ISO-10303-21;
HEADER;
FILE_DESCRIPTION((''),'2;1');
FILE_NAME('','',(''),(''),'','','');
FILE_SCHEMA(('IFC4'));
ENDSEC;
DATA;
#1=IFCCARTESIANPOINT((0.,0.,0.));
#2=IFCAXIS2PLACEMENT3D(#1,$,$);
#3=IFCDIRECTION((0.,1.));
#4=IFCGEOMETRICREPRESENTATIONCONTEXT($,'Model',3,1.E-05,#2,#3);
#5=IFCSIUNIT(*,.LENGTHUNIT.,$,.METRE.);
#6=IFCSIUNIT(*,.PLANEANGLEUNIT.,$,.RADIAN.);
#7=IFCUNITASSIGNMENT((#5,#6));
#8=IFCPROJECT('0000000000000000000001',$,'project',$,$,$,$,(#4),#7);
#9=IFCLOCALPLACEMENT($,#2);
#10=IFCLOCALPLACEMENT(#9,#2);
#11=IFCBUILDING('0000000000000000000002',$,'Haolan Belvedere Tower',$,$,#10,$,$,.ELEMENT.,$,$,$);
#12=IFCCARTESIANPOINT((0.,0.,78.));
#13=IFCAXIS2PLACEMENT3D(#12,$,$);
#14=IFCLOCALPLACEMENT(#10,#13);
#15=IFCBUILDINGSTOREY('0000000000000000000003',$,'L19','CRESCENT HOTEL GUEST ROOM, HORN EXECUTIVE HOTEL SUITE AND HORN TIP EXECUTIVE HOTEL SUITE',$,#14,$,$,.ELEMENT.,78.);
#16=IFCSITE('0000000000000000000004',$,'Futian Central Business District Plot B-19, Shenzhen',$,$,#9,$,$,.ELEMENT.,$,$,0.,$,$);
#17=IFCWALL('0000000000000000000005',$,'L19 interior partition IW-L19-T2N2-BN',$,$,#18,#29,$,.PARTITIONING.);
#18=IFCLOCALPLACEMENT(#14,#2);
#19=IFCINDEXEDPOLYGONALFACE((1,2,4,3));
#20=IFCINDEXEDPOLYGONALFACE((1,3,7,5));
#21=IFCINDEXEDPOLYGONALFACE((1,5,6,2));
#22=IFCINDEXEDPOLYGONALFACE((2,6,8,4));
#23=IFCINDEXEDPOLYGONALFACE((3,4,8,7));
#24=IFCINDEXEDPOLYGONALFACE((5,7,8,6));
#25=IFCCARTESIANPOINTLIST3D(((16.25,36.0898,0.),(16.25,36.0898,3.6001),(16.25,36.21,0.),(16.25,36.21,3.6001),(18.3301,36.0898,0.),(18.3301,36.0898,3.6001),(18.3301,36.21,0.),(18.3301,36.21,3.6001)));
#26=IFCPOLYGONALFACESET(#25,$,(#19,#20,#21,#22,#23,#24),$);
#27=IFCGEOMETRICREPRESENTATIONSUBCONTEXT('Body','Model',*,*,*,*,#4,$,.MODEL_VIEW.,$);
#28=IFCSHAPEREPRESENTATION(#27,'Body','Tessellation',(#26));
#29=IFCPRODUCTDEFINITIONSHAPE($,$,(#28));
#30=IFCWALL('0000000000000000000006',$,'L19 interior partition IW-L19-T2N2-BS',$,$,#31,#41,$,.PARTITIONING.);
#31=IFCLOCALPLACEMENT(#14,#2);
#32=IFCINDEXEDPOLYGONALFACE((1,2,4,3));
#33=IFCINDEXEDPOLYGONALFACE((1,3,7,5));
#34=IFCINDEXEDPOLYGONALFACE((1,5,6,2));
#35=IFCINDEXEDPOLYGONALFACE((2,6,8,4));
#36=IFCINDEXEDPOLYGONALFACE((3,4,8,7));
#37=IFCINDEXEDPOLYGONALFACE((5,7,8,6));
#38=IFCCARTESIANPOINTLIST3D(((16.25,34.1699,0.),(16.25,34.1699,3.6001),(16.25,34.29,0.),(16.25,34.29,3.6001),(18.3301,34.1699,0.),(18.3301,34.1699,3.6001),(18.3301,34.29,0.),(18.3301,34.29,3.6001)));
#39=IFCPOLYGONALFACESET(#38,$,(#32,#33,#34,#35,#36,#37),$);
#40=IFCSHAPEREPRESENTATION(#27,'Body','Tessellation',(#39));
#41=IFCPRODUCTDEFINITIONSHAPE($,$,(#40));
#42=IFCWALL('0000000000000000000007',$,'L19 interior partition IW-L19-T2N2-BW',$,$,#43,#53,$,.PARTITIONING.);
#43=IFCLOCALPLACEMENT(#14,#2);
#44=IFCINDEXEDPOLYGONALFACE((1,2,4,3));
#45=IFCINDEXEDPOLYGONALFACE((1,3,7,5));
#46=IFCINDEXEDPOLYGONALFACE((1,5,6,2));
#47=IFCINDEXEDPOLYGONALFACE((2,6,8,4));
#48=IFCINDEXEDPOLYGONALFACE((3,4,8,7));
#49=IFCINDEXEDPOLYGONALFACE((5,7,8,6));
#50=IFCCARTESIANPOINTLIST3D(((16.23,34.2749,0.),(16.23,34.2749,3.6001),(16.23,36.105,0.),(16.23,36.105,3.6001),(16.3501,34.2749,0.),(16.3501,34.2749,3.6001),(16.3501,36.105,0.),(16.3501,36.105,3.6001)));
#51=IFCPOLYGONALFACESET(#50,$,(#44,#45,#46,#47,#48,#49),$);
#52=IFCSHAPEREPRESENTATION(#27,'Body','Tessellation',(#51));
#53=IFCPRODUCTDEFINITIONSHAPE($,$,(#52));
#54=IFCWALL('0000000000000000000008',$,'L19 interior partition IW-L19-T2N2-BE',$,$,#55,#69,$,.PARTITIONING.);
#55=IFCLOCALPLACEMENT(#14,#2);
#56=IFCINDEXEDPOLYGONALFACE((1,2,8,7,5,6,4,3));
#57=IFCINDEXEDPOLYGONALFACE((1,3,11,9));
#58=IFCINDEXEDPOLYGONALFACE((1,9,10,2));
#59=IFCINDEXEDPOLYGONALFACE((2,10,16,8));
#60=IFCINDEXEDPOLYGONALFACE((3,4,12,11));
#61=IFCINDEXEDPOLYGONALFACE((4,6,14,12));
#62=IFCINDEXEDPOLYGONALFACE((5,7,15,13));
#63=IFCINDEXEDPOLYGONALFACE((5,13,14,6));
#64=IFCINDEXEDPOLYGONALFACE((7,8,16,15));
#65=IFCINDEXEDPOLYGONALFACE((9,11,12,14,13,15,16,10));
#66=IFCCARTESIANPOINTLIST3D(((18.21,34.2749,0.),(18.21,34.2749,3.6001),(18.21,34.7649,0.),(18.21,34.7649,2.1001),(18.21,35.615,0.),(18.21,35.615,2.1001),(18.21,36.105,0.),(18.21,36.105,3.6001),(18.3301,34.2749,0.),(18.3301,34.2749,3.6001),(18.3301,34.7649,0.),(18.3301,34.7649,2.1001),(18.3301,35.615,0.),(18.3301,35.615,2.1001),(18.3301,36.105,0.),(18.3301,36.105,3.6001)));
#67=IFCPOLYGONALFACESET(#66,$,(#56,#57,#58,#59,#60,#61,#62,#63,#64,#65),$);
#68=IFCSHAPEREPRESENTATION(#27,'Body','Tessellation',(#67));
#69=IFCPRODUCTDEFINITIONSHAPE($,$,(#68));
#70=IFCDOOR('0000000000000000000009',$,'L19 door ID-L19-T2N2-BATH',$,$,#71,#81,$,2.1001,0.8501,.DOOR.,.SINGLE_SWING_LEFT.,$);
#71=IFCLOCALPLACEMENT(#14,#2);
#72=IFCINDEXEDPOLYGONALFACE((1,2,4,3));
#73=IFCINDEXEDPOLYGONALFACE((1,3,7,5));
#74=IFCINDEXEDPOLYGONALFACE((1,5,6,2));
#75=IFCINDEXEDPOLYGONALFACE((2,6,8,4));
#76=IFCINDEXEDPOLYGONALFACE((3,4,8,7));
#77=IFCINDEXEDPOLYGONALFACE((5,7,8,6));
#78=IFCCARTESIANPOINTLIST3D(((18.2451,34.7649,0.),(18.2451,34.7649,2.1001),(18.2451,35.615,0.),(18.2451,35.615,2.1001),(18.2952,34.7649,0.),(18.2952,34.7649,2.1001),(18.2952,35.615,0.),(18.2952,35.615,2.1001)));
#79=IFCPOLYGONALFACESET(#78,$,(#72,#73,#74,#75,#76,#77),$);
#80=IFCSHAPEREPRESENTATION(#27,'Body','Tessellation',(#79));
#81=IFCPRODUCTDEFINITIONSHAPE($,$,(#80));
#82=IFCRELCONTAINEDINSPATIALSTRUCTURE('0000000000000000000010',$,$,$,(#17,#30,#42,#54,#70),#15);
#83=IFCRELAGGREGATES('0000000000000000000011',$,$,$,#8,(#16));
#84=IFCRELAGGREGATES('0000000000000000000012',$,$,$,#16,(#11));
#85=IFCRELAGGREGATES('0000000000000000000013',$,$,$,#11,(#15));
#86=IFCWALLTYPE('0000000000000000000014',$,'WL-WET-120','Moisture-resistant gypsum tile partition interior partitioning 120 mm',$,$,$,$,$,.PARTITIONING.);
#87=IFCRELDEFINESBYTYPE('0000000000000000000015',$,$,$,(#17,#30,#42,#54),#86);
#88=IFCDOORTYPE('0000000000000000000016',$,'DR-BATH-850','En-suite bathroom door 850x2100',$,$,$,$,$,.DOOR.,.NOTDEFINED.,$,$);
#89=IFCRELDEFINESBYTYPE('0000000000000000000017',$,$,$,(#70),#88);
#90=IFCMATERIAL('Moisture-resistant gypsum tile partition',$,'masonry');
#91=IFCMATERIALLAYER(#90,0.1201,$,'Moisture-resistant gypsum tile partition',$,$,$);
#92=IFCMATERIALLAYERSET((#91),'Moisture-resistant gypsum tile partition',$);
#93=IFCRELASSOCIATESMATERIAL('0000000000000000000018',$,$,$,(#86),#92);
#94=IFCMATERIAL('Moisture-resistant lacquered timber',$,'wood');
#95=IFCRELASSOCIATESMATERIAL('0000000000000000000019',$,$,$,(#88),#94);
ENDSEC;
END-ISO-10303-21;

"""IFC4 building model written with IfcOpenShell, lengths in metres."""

from ifc_helpers import new_model, si_unit, direction, frame, frame_2d, origin, place, context, subcontext, project, spatial, rectangle, extrude, material, layer, layer_set, type_object, element, fill, save


model = new_model("IFC4")

# Units and contexts
model_context = context("Model", 3, precision=1e-05, world=origin(), true_north=direction((0.0, 1.0)))
body_context = subcontext(model_context, "Body", "Model", "MODEL_VIEW")
ifc_project = project(units=[si_unit("LENGTHUNIT", "METRE"), si_unit("PLANEANGLEUNIT", "RADIAN")], contexts=[model_context])

# Site, building, storey
site_placement = place(None, origin())
site = spatial("IfcSite", under=ifc_project, at=site_placement, Name="Futian Central Business District Plot B-19, Shenzhen", CompositionType="ELEMENT", RefElevation=0.0)
building_placement = place(site_placement, origin())
building = spatial("IfcBuilding", under=site, at=building_placement, Name="Haolan Belvedere Tower", CompositionType="ELEMENT")
storey_placement = place(building_placement, frame((0.0, 0.0, 78.0)))
storey = spatial("IfcBuildingStorey", under=building, at=storey_placement, Name="L19", Description="CRESCENT HOTEL GUEST ROOM, HORN EXECUTIVE HOTEL SUITE AND HORN TIP EXECUTIVE HOTEL SUITE", CompositionType="ELEMENT", Elevation=78.0)

# Walls
ifc_material_1 = material(Name="Moisture-resistant gypsum tile partition", Category="masonry")
ifc_layer_1 = layer(ifc_material_1, 0.1201, Name="Moisture-resistant gypsum tile partition")
ifc_layer_set_1 = layer_set([ifc_layer_1], Name="Moisture-resistant gypsum tile partition")
wall_type_1 = type_object("IfcWallType", Name="WL-WET-120", Description="Moisture-resistant gypsum tile partition interior partitioning 120 mm", PredefinedType="PARTITIONING", material=ifc_layer_set_1)
for number, where, z_axis, x_axis, name in (
    (1, (16.25, 36.1499, 0.0), (0.0, 0.0, 1.0), (1.0, 0.0, 0.0), "L19 interior partition IW-L19-T2N2-BN"),
    (2, (16.25, 34.23, 0.0), (0.0, 0.0, 1.0), (1.0, 0.0, 0.0), "L19 interior partition IW-L19-T2N2-BS"),
):
    element("IfcWall", number, at=place(storey_placement, frame(where, z_axis=z_axis, x_axis=x_axis)), inside=storey, type_object=wall_type_1, Name=name, PredefinedType="PARTITIONING", context=body_context, shape_type="SweptSolid", body=[
        extrude(rectangle(XDim=2.0801, YDim=0.1201, at=frame_2d((1.04, 0.0))), origin(), (0.0, 0.0, 1.0), 3.6001),
    ])
wall_1_placement = place(storey_placement, frame((16.29, 34.2749, 0.0), z_axis=(0.0, 0.0, 1.0), x_axis=(0.0, 1.0, 0.0)))
element("IfcWall", 3, at=wall_1_placement, inside=storey, type_object=wall_type_1, Name="L19 interior partition IW-L19-T2N2-BW", PredefinedType="PARTITIONING", context=body_context, shape_type="SweptSolid", body=[
    extrude(rectangle(XDim=1.8301, YDim=0.1201, at=frame_2d((0.915, 0.0))), origin(), (0.0, 0.0, 1.0), 3.6001),
])

# Wall, opening, door
wall_2_placement = place(storey_placement, frame((18.27, 34.2749, 0.0), z_axis=(0.0, 0.0, 1.0), x_axis=(0.0, 1.0, 0.0)))
wall_2 = element("IfcWall", 4, at=wall_2_placement, inside=storey, type_object=wall_type_1, Name="L19 interior partition IW-L19-T2N2-BE", PredefinedType="PARTITIONING", context=body_context, shape_type="SweptSolid", body=[
    extrude(rectangle(XDim=1.8301, YDim=0.1201, at=frame_2d((0.915, 0.0))), origin(), (0.0, 0.0, 1.0), 3.6001),
])
opening_1_placement = place(wall_2_placement, frame((0.49, 0.0, 0.0)))
opening_1 = element("IfcOpeningElement", 5, at=opening_1_placement, cuts=wall_2, PredefinedType="OPENING", context=body_context, shape_type="SweptSolid", body=[
    extrude(rectangle(XDim=0.8501, YDim=2.1001, at=frame_2d((0.425, 1.05))), frame((0.0, 0.0701, 0.0), z_axis=(0.0, -1.0, 0.0), x_axis=(1.0, 0.0, 0.0)), (0.0, 0.0, 1.0), 0.1401),
])
ifc_material_2 = material(Name="Moisture-resistant lacquered timber", Category="wood")
door_type_1 = type_object("IfcDoorType", Name="DR-BATH-850", Description="En-suite bathroom door 850x2100", OperationType="NOTDEFINED", PredefinedType="DOOR", material=ifc_material_2)
door_1_placement = place(opening_1_placement, origin())
door_1 = element("IfcDoor", 6, at=door_1_placement, inside=storey, type_object=door_type_1, Name="L19 door ID-L19-T2N2-BATH", OperationType="SINGLE_SWING_LEFT", OverallHeight=2.1001, OverallWidth=0.8501, PredefinedType="DOOR", context=body_context, shape_type="SweptSolid", body=[
    extrude(rectangle(XDim=0.8501, YDim=2.1001, at=frame_2d((0.425, 1.05))), frame((0.0, 0.0249, 0.0), z_axis=(0.0, -1.0, 0.0), x_axis=(1.0, 0.0, 0.0)), (0.0, 0.0, 1.0), 0.05),
])
fill(opening_1, door_1)

save(model, "model.ifc")
